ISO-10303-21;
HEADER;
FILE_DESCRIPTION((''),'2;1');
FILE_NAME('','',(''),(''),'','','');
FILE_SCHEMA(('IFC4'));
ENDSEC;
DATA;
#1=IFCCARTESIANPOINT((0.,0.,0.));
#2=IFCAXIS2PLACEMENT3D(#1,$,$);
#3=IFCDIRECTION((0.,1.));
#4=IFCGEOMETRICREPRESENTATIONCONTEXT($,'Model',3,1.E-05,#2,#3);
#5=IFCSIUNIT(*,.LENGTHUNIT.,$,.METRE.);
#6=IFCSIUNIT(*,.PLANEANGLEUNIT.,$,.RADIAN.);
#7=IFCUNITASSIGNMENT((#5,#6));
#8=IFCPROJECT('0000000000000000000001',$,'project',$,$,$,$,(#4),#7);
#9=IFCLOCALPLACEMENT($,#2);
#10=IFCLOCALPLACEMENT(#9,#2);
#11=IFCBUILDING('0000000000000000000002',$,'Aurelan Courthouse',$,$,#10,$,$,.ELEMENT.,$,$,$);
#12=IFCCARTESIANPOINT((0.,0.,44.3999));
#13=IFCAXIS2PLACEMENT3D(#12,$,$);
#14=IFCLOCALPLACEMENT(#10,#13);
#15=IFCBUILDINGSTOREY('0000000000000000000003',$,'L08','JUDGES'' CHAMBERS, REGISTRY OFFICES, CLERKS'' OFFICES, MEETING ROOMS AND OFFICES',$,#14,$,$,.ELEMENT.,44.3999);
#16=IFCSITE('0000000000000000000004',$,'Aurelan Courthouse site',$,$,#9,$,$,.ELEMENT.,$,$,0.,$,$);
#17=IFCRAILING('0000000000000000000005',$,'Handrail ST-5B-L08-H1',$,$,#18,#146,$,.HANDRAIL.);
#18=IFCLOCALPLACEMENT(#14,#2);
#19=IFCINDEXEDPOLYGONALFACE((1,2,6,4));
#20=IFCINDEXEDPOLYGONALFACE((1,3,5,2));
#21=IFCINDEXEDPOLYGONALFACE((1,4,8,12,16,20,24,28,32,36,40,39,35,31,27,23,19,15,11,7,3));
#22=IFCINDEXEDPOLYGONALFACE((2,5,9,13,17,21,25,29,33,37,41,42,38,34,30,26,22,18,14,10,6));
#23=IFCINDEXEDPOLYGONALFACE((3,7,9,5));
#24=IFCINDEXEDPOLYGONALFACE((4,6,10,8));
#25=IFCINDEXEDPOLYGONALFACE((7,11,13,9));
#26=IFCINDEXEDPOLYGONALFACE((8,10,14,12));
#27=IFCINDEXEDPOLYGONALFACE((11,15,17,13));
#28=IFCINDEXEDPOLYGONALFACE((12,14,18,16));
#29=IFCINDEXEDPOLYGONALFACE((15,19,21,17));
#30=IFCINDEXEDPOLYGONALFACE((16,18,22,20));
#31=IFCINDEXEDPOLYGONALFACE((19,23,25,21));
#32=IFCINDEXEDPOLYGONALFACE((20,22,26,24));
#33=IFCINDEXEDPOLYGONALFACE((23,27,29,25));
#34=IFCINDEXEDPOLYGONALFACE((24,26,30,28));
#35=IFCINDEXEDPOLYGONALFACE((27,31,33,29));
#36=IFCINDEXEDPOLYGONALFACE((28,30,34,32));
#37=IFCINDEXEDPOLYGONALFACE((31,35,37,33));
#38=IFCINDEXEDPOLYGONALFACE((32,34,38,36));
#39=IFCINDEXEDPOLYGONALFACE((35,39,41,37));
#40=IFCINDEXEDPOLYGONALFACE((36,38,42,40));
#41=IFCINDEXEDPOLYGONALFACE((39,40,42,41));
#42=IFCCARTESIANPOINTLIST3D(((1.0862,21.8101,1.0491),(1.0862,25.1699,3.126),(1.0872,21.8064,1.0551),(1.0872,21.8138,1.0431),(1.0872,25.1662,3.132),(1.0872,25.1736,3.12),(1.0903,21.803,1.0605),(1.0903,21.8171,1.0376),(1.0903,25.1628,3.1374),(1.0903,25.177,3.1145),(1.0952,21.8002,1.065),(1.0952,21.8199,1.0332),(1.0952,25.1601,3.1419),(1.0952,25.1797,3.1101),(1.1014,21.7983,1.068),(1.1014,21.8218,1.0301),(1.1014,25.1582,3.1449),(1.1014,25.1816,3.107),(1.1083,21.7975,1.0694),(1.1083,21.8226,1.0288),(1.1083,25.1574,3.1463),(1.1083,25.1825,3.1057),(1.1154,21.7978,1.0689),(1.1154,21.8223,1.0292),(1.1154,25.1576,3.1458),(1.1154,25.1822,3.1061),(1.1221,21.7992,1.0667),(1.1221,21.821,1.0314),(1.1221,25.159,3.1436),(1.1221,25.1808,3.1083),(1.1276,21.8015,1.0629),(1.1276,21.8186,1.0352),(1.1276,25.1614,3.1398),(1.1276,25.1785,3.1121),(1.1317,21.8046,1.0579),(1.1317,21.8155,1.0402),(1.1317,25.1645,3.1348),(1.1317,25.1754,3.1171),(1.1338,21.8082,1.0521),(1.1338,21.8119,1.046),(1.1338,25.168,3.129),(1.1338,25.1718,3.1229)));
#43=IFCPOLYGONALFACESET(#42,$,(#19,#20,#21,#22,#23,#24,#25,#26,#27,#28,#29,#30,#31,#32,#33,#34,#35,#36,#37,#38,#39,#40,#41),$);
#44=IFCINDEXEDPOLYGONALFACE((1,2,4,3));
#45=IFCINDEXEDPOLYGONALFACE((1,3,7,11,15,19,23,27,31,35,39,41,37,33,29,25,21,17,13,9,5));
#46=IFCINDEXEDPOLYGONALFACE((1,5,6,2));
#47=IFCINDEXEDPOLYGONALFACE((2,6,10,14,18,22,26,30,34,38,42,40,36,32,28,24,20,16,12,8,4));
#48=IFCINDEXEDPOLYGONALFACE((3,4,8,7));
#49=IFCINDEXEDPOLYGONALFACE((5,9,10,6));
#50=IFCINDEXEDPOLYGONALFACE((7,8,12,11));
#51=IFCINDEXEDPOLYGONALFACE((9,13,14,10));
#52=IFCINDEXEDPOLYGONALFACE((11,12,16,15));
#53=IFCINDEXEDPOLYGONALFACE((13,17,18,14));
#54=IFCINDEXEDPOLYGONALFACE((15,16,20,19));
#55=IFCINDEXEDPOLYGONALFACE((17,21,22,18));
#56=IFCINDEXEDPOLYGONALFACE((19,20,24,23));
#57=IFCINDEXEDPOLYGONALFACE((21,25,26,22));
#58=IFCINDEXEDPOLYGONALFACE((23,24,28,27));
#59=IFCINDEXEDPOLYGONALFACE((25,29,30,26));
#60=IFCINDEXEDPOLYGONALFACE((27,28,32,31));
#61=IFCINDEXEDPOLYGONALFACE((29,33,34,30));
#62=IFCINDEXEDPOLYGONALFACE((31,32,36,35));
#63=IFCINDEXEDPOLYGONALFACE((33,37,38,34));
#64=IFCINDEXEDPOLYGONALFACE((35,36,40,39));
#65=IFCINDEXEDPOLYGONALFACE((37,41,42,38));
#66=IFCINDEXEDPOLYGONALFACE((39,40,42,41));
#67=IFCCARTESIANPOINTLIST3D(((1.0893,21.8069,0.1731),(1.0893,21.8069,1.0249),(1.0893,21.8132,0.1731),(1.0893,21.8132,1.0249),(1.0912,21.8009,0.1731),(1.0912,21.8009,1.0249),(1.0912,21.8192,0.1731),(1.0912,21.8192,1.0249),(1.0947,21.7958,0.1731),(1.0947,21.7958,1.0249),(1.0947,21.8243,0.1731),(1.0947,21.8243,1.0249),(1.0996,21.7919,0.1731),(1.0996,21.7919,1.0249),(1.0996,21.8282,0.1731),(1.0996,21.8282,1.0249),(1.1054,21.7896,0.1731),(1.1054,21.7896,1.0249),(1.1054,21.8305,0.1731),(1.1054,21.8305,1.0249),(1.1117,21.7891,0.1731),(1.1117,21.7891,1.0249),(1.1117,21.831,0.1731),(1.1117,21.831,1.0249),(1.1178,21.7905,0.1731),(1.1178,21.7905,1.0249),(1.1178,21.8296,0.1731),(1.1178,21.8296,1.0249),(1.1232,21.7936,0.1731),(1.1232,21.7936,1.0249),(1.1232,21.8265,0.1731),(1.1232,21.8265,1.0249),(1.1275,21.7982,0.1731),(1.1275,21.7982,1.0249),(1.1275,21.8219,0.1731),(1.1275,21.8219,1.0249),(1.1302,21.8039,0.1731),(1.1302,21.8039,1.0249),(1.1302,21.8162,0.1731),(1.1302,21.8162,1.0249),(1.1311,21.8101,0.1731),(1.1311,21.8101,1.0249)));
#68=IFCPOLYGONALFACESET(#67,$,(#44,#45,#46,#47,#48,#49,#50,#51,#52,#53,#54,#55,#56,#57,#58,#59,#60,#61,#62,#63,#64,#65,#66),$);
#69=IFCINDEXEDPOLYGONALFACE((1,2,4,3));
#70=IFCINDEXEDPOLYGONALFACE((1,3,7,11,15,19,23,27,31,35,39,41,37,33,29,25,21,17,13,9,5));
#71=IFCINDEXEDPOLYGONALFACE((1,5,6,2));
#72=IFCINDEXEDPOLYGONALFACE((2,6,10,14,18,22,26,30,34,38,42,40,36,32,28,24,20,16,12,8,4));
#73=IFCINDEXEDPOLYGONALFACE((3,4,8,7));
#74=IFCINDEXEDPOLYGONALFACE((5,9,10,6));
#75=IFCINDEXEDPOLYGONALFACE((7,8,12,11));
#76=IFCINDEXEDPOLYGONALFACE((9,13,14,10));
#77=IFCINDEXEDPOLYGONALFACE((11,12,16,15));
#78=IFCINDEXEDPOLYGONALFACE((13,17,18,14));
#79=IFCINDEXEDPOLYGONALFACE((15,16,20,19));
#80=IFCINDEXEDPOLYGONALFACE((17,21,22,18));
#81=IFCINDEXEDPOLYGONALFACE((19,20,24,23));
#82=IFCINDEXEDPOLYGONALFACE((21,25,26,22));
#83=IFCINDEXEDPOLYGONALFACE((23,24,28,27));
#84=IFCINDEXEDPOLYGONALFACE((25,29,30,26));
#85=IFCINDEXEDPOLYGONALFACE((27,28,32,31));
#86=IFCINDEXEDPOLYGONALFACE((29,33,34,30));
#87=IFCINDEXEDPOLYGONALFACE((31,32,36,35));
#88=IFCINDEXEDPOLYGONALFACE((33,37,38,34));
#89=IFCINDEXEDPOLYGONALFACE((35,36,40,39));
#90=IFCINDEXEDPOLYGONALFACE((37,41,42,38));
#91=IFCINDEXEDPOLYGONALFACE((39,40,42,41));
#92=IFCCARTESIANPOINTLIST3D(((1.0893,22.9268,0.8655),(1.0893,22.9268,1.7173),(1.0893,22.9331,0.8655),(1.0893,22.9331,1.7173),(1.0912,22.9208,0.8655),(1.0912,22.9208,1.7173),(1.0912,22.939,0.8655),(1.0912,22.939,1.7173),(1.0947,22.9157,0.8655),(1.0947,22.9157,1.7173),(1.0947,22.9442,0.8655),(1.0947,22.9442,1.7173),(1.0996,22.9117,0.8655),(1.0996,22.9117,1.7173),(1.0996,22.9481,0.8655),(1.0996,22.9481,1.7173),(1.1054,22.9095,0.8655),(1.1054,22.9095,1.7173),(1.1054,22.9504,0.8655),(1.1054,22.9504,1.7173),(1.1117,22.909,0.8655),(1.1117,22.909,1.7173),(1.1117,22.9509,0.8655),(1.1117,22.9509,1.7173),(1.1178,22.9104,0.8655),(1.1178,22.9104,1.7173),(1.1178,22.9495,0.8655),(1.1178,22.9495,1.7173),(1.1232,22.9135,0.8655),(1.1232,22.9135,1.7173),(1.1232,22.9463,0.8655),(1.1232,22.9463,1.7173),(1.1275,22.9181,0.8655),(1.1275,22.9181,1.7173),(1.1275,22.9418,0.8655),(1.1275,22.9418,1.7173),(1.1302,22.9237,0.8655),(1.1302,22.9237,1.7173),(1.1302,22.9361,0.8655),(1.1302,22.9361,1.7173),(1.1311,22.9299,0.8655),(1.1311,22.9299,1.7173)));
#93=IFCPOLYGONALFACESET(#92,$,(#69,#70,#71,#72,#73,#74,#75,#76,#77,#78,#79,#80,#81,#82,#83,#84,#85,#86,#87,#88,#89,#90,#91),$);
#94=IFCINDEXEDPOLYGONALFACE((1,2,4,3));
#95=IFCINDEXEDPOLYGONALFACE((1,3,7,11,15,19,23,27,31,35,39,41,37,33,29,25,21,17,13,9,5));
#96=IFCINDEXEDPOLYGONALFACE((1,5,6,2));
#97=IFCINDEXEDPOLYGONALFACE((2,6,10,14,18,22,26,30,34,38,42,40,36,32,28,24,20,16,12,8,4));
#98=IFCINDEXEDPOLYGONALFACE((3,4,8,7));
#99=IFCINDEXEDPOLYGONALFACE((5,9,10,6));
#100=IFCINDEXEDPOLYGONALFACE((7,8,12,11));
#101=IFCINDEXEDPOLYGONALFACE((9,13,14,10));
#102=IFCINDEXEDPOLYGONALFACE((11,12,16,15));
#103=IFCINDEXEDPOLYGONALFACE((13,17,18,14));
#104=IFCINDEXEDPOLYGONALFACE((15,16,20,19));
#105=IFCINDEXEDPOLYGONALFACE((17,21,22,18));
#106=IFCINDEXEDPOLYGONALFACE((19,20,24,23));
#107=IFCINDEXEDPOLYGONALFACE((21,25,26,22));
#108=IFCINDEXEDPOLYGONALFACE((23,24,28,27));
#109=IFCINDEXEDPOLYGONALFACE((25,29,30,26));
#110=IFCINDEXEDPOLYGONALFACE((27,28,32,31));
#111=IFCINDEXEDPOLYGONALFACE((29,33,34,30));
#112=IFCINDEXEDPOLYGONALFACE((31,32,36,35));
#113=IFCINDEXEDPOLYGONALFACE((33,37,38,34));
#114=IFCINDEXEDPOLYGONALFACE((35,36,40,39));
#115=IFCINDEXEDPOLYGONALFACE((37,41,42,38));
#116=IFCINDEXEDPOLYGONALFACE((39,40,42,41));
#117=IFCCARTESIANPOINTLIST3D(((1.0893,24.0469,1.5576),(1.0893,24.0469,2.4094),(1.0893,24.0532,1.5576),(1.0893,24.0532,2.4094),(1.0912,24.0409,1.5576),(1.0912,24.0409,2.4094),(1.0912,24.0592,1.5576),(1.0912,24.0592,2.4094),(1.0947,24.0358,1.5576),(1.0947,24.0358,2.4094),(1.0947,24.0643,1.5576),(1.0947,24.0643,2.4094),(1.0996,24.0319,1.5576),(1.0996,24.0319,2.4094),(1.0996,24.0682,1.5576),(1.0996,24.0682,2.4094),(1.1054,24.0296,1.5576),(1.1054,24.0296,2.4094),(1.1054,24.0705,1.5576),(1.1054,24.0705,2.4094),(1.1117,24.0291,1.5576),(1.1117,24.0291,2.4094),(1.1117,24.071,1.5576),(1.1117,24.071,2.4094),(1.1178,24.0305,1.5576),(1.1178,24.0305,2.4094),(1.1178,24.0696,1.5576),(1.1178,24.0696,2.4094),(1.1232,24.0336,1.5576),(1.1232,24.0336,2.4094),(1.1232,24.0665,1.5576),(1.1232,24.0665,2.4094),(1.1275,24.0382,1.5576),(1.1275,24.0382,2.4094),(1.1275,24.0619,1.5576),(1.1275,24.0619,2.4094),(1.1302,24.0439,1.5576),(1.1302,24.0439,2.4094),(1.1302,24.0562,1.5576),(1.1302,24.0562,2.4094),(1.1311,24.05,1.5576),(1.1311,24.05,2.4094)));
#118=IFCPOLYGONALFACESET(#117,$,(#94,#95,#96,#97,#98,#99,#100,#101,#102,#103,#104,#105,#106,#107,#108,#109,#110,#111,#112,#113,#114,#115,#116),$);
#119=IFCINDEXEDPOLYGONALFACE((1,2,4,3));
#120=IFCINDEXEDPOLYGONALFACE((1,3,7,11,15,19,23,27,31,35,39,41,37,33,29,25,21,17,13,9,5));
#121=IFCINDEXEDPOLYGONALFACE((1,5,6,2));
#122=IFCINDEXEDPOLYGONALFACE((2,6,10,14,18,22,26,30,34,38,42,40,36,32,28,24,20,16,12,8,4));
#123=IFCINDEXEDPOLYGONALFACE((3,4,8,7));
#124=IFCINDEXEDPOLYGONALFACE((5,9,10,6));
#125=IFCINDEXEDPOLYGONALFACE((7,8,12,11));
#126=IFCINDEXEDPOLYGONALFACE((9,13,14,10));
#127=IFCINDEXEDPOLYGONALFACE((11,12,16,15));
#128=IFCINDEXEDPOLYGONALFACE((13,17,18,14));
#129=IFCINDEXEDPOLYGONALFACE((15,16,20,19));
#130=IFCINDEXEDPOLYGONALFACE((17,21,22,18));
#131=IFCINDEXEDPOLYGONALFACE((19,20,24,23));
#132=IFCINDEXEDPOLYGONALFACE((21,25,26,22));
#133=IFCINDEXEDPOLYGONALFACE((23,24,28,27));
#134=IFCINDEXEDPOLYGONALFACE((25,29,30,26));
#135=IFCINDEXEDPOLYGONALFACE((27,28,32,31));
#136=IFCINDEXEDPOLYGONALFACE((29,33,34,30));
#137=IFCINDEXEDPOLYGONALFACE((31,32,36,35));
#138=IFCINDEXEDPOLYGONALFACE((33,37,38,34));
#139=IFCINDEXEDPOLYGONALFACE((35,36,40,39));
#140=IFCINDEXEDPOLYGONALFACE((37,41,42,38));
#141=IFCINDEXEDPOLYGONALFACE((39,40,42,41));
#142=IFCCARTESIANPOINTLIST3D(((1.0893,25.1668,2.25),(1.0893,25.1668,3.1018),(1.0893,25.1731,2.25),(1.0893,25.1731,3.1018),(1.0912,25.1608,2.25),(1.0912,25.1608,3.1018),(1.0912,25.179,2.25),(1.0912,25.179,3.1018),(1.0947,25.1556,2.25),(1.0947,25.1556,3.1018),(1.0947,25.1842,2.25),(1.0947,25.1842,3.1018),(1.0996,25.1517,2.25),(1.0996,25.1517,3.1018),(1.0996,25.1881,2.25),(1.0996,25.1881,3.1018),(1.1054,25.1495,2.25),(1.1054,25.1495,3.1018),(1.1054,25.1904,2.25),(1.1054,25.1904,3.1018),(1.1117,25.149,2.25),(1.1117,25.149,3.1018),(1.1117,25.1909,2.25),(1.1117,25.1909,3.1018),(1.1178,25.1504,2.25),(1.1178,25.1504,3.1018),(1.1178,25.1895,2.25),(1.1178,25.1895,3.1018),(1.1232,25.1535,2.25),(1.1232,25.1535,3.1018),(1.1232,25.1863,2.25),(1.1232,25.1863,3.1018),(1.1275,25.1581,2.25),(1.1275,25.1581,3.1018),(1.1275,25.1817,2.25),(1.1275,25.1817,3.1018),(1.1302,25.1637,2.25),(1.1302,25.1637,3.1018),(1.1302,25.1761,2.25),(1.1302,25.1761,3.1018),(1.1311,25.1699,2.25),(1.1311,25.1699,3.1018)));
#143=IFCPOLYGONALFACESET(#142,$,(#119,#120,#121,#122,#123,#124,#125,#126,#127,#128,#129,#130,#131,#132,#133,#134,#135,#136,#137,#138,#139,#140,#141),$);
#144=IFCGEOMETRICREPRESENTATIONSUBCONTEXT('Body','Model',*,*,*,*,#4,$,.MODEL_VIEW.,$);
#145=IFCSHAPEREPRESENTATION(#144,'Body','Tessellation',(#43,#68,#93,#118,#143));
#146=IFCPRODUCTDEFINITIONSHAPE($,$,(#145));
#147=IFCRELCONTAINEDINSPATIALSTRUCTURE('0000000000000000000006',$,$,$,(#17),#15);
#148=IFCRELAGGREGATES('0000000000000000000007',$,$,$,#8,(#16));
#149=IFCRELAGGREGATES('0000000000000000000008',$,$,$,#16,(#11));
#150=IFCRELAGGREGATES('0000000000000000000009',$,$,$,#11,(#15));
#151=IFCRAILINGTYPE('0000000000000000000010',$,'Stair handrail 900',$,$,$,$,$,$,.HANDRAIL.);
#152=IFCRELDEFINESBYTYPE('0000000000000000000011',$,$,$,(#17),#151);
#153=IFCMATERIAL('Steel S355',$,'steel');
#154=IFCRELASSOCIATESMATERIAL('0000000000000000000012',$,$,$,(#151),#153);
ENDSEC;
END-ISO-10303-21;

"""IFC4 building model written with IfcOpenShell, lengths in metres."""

from ifc_helpers import new_model, si_unit, direction, frame, origin, origin_2d, place, context, subcontext, project, spatial, circle, extrude, material, type_object, element, save


model = new_model("IFC4")

# Units and contexts
model_context = context("Model", 3, precision=1e-05, world=origin(), true_north=direction((0.0, 1.0)))
body_context = subcontext(model_context, "Body", "Model", "MODEL_VIEW")
ifc_project = project(units=[si_unit("LENGTHUNIT", "METRE"), si_unit("PLANEANGLEUNIT", "RADIAN")], contexts=[model_context])

# Site, building, storey
site_placement = place(None, origin())
site = spatial("IfcSite", under=ifc_project, at=site_placement, Name="Aurelan Courthouse site", CompositionType="ELEMENT", RefElevation=0.0)
building_placement = place(site_placement, origin())
building = spatial("IfcBuilding", under=site, at=building_placement, Name="Aurelan Courthouse", CompositionType="ELEMENT")
storey_placement = place(building_placement, frame((0.0, 0.0, 44.3999)))
storey = spatial("IfcBuildingStorey", under=building, at=storey_placement, Name="L08", Description="JUDGES' CHAMBERS, REGISTRY OFFICES, CLERKS' OFFICES, MEETING ROOMS AND OFFICES", CompositionType="ELEMENT", Elevation=44.3999)

# Railing
ifc_material_1 = material(Name="Steel S355", Category="steel")
railing_type_1 = type_object("IfcRailingType", Name="Stair handrail 900", PredefinedType="HANDRAIL", material=ifc_material_1)
for number, where, name in (
    (1, (1.1101, 21.8101, 0.1731), "Handrail ST-5B-L08-H1"),
):
    element("IfcRailing", number, at=place(storey_placement, frame(where)), inside=storey, type_object=railing_type_1, Name=name, PredefinedType="HANDRAIL", context=body_context, shape_type="SweptSolid", body=[
        extrude(circle(Radius=0.0239, at=origin_2d()), frame((0.0, 0.0, 0.876), z_axis=(0.0, 0.850606, 0.525803), x_axis=(-1.0, 0.0, 0.0)), (0.0, 0.0, 1.0), 3.95),
        extrude(circle(Radius=0.021, at=origin_2d()), origin(), (0.0, 0.0, 1.0), 0.8518),
        extrude(circle(Radius=0.021, at=origin_2d()), frame((0.0, 1.1199, 0.6924)), (0.0, 0.0, 1.0), 0.8518),
        extrude(circle(Radius=0.021, at=origin_2d()), frame((0.0, 2.24, 1.3845)), (0.0, 0.0, 1.0), 0.8518),
        extrude(circle(Radius=0.021, at=origin_2d()), frame((0.0, 3.3599, 2.0769)), (0.0, 0.0, 1.0), 0.8518),
    ])

save(model, "model.ifc")
